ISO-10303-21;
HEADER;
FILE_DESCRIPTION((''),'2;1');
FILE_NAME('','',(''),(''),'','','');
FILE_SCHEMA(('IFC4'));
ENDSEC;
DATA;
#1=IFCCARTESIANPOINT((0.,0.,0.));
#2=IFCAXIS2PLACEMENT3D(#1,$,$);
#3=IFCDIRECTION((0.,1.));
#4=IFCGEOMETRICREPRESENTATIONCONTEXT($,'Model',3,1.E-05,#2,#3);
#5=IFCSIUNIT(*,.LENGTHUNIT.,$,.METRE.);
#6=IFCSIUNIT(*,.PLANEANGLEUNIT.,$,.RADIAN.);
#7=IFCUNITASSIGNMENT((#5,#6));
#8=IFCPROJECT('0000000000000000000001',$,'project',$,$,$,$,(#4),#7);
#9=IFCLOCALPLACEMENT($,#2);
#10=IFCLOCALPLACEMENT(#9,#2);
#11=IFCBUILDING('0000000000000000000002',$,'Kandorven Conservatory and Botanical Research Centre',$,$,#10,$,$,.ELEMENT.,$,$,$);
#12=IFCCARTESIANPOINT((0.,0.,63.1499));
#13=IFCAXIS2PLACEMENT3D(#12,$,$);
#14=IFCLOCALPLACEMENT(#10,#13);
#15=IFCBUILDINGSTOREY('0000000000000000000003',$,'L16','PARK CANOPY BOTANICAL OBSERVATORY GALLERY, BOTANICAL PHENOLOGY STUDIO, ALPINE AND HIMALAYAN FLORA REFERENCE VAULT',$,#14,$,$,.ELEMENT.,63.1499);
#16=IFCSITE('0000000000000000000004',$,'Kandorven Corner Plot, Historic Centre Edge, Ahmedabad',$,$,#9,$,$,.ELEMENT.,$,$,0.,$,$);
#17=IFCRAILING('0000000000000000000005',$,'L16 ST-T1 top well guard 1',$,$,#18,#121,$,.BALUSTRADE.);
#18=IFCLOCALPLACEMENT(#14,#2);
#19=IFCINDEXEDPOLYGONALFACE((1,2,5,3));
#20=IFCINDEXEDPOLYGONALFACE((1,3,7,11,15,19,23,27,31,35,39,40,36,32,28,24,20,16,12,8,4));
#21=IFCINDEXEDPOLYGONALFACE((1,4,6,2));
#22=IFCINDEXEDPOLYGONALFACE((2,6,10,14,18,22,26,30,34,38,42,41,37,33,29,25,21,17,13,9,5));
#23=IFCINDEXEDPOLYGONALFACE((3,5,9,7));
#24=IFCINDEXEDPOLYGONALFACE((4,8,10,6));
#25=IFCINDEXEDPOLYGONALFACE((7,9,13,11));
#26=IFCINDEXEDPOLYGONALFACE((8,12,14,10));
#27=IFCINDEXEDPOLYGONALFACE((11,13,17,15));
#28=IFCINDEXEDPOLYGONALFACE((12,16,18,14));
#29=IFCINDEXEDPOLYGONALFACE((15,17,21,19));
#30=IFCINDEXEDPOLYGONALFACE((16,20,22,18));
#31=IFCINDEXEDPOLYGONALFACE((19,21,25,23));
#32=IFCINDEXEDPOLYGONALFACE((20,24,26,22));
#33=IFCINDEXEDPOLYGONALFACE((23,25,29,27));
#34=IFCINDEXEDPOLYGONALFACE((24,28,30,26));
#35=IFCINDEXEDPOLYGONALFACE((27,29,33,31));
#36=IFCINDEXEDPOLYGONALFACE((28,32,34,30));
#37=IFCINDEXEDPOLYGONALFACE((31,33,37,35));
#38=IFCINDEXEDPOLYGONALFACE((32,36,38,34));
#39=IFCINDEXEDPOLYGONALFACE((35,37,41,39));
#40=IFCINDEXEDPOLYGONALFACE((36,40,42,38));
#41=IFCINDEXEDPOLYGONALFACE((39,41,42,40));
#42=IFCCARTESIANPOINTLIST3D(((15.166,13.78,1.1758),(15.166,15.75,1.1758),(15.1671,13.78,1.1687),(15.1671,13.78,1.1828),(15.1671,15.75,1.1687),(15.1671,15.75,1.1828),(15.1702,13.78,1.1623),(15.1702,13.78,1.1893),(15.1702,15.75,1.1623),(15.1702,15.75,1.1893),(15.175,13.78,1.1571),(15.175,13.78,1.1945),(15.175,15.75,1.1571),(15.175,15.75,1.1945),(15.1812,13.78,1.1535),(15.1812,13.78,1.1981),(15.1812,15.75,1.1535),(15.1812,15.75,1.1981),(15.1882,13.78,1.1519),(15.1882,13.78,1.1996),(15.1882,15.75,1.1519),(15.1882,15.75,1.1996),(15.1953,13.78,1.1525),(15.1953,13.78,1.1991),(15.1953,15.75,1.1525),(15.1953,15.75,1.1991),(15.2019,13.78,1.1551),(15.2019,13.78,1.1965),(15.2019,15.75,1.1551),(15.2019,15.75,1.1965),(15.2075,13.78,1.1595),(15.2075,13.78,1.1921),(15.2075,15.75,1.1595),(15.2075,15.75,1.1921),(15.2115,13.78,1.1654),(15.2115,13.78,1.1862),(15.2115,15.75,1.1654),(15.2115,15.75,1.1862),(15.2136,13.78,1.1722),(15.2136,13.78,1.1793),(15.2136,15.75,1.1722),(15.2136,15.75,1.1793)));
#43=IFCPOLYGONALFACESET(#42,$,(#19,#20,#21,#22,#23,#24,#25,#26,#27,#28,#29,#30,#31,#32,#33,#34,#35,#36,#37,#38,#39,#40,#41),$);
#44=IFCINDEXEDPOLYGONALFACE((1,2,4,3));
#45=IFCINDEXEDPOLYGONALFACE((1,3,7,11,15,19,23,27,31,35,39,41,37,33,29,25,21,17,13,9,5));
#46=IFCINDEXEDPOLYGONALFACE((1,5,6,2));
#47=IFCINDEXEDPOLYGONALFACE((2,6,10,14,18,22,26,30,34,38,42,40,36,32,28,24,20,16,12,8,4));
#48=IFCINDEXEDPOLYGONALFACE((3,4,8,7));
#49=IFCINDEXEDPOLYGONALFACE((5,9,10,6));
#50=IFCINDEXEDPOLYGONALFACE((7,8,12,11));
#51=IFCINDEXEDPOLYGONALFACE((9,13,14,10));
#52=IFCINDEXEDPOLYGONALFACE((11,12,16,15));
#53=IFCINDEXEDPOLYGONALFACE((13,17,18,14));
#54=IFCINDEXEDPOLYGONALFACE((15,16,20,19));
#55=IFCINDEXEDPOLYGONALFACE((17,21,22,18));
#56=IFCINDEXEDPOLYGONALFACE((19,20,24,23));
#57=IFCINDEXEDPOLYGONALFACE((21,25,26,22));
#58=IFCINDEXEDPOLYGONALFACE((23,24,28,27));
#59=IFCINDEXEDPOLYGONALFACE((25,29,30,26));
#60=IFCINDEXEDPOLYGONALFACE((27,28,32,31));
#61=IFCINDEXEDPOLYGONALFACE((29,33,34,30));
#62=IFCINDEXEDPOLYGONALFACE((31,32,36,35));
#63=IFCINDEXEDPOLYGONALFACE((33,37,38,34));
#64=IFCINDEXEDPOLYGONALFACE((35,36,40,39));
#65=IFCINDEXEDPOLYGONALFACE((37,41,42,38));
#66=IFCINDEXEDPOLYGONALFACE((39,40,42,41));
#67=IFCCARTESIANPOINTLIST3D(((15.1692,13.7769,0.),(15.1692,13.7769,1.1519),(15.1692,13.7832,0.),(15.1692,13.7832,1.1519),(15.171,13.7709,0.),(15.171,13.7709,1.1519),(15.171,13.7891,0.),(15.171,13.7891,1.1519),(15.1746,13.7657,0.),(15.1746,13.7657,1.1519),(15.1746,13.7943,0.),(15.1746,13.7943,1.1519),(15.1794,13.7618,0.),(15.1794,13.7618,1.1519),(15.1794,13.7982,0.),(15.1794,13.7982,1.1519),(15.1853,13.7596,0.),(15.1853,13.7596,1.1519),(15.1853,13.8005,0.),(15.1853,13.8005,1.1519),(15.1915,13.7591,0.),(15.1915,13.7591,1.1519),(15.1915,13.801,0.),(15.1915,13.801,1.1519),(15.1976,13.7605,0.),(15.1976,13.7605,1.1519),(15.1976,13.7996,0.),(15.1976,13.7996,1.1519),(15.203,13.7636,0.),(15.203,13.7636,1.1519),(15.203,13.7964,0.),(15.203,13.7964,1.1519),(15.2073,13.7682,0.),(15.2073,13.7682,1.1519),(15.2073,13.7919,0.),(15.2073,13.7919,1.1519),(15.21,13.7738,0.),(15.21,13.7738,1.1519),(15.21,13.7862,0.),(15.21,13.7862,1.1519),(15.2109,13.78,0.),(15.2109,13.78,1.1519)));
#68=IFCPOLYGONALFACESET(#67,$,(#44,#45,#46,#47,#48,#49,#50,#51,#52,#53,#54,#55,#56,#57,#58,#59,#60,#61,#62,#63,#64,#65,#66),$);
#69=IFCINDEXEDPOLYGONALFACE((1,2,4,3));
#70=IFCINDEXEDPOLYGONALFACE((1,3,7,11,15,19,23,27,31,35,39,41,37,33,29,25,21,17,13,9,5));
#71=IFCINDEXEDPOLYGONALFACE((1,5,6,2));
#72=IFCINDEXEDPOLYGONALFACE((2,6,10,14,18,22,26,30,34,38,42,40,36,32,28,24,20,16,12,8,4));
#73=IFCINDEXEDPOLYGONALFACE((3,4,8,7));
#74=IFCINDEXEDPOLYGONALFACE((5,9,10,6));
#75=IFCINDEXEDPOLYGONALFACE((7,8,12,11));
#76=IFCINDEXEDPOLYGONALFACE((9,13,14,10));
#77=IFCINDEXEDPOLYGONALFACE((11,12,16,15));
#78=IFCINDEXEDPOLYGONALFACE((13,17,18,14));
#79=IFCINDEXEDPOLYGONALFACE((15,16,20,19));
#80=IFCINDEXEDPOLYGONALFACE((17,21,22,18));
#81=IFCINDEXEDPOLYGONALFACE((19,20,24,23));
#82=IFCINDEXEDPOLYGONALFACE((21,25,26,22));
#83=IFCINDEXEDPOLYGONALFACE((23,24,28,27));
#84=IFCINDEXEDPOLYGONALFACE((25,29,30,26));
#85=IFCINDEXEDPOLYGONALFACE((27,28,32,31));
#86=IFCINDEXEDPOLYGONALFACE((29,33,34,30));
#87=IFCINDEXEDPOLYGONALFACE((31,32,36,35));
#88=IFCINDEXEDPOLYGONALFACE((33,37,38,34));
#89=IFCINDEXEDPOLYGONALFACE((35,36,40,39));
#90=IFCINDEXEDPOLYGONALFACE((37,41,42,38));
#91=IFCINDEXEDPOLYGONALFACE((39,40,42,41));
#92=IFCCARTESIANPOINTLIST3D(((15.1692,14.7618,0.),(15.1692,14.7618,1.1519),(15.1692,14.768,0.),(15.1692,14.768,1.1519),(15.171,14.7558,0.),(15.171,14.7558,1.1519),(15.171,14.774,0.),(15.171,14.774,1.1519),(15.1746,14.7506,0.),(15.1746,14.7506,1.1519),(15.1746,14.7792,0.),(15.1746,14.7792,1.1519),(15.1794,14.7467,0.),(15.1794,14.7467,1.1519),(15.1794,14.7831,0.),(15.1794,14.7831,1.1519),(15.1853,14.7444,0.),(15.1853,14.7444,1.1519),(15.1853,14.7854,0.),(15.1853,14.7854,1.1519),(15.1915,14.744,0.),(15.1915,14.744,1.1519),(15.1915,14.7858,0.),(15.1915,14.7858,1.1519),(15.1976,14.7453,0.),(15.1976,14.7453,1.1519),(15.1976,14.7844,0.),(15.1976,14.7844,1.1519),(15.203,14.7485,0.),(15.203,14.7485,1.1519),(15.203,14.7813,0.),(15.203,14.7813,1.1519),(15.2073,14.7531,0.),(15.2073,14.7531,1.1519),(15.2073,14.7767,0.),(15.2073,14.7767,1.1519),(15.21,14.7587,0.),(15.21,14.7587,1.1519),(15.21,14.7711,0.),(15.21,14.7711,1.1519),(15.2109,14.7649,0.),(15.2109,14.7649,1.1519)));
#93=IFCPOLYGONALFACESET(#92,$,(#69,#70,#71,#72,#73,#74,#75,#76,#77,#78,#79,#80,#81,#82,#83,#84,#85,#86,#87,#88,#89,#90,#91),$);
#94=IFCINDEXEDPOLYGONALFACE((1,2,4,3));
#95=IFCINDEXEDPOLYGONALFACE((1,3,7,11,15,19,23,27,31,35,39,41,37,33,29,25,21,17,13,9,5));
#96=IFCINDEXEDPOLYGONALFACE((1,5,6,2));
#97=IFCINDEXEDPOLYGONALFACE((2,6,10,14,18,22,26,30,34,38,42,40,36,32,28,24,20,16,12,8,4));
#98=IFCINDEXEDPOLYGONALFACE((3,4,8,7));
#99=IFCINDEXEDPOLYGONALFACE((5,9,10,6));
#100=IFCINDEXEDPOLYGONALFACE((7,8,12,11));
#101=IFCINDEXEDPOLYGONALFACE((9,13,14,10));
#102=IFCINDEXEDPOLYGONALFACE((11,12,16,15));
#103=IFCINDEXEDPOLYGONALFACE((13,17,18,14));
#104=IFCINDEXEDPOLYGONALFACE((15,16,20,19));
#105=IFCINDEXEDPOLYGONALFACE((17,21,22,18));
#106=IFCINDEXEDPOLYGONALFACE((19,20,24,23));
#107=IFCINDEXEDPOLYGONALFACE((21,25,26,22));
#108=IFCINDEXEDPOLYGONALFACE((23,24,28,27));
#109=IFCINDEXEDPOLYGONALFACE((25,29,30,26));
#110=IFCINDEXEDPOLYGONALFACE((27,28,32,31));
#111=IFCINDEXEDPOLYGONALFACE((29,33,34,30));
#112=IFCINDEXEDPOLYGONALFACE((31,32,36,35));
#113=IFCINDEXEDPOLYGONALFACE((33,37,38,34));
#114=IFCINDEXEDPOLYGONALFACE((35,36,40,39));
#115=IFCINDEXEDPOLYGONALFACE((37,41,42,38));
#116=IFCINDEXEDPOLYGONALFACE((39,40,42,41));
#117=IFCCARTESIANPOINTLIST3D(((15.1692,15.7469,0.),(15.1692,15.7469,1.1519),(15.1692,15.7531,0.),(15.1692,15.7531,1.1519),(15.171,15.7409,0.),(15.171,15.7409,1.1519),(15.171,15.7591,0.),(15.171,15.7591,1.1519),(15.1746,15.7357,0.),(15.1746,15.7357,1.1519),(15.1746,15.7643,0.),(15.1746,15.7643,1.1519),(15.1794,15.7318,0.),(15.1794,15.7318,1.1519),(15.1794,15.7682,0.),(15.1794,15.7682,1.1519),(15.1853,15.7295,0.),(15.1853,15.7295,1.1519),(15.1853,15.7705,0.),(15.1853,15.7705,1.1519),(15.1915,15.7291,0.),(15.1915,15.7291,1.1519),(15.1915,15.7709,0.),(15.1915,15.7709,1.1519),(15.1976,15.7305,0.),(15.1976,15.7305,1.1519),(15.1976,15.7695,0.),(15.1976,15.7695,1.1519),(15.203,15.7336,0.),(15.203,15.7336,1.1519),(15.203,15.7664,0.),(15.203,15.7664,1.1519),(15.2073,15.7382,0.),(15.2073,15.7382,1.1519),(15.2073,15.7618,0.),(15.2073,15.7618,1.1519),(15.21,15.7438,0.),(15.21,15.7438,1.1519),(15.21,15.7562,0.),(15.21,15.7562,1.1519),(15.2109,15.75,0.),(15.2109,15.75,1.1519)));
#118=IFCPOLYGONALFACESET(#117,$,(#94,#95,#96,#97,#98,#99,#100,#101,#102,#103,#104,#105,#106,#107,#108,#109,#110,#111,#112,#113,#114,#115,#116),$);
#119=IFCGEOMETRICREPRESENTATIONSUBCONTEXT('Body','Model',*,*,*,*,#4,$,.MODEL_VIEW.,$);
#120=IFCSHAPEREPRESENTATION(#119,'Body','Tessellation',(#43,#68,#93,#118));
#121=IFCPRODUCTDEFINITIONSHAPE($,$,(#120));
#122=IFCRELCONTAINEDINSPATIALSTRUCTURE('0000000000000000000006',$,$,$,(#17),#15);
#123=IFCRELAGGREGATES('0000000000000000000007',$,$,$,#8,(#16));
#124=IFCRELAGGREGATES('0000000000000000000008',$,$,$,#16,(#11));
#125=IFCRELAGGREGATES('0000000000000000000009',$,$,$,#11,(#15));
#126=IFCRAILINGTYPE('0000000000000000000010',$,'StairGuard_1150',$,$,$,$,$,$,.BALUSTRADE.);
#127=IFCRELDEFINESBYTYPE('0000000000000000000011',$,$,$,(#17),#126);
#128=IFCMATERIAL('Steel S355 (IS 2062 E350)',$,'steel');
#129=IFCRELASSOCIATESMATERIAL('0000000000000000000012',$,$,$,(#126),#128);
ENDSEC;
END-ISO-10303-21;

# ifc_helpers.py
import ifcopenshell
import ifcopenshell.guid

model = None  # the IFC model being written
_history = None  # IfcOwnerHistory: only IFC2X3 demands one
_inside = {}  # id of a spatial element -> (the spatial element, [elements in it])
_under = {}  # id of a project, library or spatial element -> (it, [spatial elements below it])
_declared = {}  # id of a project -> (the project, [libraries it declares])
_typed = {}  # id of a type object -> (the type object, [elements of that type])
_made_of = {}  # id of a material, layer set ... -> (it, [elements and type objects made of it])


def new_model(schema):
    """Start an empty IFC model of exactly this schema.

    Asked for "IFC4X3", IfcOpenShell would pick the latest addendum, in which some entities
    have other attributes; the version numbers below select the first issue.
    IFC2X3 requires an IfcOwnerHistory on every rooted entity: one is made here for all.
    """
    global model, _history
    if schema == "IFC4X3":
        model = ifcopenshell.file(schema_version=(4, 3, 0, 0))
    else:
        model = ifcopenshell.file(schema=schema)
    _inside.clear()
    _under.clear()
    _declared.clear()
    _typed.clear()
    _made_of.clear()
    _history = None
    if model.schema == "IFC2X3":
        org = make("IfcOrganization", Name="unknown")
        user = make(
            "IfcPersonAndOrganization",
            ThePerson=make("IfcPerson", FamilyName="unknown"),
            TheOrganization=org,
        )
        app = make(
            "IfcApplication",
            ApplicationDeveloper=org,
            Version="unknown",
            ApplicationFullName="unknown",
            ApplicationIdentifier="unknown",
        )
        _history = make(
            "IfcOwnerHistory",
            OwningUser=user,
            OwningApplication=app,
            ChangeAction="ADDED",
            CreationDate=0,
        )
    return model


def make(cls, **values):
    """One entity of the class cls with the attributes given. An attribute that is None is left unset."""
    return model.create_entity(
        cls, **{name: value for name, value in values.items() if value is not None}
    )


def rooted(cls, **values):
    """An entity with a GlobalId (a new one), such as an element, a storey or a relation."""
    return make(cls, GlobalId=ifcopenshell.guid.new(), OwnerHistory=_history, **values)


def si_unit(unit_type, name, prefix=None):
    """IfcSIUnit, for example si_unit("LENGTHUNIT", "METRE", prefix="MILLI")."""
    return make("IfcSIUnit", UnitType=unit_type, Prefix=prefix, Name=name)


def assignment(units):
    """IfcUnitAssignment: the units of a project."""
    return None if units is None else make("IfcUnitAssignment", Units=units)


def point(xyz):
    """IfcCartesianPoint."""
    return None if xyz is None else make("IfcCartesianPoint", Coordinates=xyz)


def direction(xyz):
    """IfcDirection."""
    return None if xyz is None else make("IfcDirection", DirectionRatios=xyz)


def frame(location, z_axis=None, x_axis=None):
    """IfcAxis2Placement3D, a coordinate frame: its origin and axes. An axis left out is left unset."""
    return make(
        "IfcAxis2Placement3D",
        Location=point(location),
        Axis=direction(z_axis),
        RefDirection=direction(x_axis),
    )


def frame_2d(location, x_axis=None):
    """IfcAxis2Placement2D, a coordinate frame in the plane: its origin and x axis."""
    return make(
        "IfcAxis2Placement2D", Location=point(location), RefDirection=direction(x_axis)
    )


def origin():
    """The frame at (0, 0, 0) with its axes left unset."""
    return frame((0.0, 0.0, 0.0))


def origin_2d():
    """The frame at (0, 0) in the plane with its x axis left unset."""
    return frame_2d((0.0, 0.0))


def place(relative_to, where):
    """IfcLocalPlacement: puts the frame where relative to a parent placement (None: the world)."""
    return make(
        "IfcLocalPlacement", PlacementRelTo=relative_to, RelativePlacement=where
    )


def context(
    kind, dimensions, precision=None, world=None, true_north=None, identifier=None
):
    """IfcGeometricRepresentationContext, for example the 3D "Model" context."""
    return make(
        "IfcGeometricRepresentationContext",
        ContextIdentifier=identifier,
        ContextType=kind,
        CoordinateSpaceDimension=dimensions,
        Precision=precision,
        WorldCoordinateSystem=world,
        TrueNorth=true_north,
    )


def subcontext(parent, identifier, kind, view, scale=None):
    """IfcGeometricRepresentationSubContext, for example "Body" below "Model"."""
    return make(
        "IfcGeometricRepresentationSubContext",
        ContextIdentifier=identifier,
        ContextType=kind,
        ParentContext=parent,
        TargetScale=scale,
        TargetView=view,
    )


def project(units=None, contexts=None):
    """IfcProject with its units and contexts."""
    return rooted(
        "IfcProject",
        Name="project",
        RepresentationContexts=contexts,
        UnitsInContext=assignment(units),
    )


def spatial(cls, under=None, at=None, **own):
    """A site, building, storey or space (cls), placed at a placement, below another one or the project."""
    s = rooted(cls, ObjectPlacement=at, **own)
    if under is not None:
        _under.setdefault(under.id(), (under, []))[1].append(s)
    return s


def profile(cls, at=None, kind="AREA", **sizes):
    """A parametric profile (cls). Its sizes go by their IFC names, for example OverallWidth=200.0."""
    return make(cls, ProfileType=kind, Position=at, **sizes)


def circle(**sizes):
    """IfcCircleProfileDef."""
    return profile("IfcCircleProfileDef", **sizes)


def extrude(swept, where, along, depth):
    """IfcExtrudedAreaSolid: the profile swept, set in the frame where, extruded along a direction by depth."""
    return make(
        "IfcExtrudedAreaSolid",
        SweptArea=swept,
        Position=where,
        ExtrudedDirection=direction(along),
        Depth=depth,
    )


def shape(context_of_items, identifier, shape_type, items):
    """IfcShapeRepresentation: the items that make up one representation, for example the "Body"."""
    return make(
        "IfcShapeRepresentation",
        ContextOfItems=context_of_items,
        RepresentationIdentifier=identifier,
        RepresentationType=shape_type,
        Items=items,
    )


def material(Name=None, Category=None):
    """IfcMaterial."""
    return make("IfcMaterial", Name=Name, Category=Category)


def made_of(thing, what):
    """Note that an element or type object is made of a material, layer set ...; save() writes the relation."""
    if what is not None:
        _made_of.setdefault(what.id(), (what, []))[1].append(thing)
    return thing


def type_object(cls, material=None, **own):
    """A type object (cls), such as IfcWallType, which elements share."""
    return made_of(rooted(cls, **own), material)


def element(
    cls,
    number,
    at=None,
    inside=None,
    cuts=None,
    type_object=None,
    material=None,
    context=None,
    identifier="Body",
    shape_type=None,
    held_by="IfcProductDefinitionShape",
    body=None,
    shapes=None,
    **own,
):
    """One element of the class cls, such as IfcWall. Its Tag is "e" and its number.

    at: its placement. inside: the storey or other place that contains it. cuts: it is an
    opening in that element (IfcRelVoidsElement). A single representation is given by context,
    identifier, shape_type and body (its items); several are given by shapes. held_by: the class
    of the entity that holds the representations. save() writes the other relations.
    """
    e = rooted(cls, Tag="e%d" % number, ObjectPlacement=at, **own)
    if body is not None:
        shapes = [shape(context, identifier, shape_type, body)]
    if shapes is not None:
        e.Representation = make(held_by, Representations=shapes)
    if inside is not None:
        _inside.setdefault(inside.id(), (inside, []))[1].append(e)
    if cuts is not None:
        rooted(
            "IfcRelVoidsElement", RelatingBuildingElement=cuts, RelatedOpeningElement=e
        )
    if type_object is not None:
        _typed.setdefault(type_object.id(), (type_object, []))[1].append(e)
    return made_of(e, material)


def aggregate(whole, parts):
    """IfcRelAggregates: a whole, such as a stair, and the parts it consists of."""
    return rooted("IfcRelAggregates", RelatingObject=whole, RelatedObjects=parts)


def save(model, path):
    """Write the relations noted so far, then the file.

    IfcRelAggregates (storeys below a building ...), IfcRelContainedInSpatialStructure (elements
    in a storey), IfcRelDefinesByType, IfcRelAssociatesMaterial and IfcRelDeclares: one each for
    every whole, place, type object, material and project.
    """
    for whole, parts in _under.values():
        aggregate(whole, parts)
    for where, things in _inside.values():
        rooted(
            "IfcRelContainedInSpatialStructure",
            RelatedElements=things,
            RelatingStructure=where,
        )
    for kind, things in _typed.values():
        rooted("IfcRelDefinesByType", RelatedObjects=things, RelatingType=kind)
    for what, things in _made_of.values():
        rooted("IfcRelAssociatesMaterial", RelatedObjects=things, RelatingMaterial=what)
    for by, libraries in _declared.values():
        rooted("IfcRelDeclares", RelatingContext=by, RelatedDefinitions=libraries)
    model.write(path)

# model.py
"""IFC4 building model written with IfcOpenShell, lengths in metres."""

from ifc_helpers import new_model, si_unit, direction, frame, origin, origin_2d, place, context, subcontext, project, spatial, circle, extrude, material, type_object, element, save


model = new_model("IFC4")

# Units and contexts
model_context = context("Model", 3, precision=1e-05, world=origin(), true_north=direction((0.0, 1.0)))
body_context = subcontext(model_context, "Body", "Model", "MODEL_VIEW")
ifc_project = project(units=[si_unit("LENGTHUNIT", "METRE"), si_unit("PLANEANGLEUNIT", "RADIAN")], contexts=[model_context])

# Site, building, storey
site_placement = place(None, origin())
site = spatial("IfcSite", under=ifc_project, at=site_placement, Name="Kandorven Corner Plot, Historic Centre Edge, Ahmedabad", CompositionType="ELEMENT", RefElevation=0.0)
building_placement = place(site_placement, origin())
building = spatial("IfcBuilding", under=site, at=building_placement, Name="Kandorven Conservatory and Botanical Research Centre", CompositionType="ELEMENT")
storey_placement = place(building_placement, frame((0.0, 0.0, 63.1499)))
storey = spatial("IfcBuildingStorey", under=building, at=storey_placement, Name="L16", Description="PARK CANOPY BOTANICAL OBSERVATORY GALLERY, BOTANICAL PHENOLOGY STUDIO, ALPINE AND HIMALAYAN FLORA REFERENCE VAULT", CompositionType="ELEMENT", Elevation=63.1499)

# Railing
ifc_material_1 = material(Name="Steel S355 (IS 2062 E350)", Category="steel")
railing_type = type_object("IfcRailingType", Name="StairGuard_1150", PredefinedType="BALUSTRADE", material=ifc_material_1)
railing_placement = place(storey_placement, frame((15.1899, 13.78, 0.0)))
element("IfcRailing", 1, at=railing_placement, inside=storey, type_object=railing_type, Name="L16 ST-T1 top well guard 1", PredefinedType="BALUSTRADE", context=body_context, shape_type="SweptSolid", body=[
    extrude(circle(Radius=0.0239, at=origin_2d()), frame((0.0, 0.0, 1.1758), z_axis=(0.0, 1.0, 0.0), x_axis=(-1.0, 0.0, 0.0)), (0.0, 0.0, 1.0), 1.97),
    extrude(circle(Radius=0.021, at=origin_2d()), origin(), (0.0, 0.0, 1.0), 1.1519),
    extrude(circle(Radius=0.021, at=origin_2d()), frame((0.0, 0.9849, 0.0)), (0.0, 0.0, 1.0), 1.1519),
    extrude(circle(Radius=0.021, at=origin_2d()), frame((0.0, 1.97, 0.0)), (0.0, 0.0, 1.0), 1.1519),
])

save(model, "model.ifc")
